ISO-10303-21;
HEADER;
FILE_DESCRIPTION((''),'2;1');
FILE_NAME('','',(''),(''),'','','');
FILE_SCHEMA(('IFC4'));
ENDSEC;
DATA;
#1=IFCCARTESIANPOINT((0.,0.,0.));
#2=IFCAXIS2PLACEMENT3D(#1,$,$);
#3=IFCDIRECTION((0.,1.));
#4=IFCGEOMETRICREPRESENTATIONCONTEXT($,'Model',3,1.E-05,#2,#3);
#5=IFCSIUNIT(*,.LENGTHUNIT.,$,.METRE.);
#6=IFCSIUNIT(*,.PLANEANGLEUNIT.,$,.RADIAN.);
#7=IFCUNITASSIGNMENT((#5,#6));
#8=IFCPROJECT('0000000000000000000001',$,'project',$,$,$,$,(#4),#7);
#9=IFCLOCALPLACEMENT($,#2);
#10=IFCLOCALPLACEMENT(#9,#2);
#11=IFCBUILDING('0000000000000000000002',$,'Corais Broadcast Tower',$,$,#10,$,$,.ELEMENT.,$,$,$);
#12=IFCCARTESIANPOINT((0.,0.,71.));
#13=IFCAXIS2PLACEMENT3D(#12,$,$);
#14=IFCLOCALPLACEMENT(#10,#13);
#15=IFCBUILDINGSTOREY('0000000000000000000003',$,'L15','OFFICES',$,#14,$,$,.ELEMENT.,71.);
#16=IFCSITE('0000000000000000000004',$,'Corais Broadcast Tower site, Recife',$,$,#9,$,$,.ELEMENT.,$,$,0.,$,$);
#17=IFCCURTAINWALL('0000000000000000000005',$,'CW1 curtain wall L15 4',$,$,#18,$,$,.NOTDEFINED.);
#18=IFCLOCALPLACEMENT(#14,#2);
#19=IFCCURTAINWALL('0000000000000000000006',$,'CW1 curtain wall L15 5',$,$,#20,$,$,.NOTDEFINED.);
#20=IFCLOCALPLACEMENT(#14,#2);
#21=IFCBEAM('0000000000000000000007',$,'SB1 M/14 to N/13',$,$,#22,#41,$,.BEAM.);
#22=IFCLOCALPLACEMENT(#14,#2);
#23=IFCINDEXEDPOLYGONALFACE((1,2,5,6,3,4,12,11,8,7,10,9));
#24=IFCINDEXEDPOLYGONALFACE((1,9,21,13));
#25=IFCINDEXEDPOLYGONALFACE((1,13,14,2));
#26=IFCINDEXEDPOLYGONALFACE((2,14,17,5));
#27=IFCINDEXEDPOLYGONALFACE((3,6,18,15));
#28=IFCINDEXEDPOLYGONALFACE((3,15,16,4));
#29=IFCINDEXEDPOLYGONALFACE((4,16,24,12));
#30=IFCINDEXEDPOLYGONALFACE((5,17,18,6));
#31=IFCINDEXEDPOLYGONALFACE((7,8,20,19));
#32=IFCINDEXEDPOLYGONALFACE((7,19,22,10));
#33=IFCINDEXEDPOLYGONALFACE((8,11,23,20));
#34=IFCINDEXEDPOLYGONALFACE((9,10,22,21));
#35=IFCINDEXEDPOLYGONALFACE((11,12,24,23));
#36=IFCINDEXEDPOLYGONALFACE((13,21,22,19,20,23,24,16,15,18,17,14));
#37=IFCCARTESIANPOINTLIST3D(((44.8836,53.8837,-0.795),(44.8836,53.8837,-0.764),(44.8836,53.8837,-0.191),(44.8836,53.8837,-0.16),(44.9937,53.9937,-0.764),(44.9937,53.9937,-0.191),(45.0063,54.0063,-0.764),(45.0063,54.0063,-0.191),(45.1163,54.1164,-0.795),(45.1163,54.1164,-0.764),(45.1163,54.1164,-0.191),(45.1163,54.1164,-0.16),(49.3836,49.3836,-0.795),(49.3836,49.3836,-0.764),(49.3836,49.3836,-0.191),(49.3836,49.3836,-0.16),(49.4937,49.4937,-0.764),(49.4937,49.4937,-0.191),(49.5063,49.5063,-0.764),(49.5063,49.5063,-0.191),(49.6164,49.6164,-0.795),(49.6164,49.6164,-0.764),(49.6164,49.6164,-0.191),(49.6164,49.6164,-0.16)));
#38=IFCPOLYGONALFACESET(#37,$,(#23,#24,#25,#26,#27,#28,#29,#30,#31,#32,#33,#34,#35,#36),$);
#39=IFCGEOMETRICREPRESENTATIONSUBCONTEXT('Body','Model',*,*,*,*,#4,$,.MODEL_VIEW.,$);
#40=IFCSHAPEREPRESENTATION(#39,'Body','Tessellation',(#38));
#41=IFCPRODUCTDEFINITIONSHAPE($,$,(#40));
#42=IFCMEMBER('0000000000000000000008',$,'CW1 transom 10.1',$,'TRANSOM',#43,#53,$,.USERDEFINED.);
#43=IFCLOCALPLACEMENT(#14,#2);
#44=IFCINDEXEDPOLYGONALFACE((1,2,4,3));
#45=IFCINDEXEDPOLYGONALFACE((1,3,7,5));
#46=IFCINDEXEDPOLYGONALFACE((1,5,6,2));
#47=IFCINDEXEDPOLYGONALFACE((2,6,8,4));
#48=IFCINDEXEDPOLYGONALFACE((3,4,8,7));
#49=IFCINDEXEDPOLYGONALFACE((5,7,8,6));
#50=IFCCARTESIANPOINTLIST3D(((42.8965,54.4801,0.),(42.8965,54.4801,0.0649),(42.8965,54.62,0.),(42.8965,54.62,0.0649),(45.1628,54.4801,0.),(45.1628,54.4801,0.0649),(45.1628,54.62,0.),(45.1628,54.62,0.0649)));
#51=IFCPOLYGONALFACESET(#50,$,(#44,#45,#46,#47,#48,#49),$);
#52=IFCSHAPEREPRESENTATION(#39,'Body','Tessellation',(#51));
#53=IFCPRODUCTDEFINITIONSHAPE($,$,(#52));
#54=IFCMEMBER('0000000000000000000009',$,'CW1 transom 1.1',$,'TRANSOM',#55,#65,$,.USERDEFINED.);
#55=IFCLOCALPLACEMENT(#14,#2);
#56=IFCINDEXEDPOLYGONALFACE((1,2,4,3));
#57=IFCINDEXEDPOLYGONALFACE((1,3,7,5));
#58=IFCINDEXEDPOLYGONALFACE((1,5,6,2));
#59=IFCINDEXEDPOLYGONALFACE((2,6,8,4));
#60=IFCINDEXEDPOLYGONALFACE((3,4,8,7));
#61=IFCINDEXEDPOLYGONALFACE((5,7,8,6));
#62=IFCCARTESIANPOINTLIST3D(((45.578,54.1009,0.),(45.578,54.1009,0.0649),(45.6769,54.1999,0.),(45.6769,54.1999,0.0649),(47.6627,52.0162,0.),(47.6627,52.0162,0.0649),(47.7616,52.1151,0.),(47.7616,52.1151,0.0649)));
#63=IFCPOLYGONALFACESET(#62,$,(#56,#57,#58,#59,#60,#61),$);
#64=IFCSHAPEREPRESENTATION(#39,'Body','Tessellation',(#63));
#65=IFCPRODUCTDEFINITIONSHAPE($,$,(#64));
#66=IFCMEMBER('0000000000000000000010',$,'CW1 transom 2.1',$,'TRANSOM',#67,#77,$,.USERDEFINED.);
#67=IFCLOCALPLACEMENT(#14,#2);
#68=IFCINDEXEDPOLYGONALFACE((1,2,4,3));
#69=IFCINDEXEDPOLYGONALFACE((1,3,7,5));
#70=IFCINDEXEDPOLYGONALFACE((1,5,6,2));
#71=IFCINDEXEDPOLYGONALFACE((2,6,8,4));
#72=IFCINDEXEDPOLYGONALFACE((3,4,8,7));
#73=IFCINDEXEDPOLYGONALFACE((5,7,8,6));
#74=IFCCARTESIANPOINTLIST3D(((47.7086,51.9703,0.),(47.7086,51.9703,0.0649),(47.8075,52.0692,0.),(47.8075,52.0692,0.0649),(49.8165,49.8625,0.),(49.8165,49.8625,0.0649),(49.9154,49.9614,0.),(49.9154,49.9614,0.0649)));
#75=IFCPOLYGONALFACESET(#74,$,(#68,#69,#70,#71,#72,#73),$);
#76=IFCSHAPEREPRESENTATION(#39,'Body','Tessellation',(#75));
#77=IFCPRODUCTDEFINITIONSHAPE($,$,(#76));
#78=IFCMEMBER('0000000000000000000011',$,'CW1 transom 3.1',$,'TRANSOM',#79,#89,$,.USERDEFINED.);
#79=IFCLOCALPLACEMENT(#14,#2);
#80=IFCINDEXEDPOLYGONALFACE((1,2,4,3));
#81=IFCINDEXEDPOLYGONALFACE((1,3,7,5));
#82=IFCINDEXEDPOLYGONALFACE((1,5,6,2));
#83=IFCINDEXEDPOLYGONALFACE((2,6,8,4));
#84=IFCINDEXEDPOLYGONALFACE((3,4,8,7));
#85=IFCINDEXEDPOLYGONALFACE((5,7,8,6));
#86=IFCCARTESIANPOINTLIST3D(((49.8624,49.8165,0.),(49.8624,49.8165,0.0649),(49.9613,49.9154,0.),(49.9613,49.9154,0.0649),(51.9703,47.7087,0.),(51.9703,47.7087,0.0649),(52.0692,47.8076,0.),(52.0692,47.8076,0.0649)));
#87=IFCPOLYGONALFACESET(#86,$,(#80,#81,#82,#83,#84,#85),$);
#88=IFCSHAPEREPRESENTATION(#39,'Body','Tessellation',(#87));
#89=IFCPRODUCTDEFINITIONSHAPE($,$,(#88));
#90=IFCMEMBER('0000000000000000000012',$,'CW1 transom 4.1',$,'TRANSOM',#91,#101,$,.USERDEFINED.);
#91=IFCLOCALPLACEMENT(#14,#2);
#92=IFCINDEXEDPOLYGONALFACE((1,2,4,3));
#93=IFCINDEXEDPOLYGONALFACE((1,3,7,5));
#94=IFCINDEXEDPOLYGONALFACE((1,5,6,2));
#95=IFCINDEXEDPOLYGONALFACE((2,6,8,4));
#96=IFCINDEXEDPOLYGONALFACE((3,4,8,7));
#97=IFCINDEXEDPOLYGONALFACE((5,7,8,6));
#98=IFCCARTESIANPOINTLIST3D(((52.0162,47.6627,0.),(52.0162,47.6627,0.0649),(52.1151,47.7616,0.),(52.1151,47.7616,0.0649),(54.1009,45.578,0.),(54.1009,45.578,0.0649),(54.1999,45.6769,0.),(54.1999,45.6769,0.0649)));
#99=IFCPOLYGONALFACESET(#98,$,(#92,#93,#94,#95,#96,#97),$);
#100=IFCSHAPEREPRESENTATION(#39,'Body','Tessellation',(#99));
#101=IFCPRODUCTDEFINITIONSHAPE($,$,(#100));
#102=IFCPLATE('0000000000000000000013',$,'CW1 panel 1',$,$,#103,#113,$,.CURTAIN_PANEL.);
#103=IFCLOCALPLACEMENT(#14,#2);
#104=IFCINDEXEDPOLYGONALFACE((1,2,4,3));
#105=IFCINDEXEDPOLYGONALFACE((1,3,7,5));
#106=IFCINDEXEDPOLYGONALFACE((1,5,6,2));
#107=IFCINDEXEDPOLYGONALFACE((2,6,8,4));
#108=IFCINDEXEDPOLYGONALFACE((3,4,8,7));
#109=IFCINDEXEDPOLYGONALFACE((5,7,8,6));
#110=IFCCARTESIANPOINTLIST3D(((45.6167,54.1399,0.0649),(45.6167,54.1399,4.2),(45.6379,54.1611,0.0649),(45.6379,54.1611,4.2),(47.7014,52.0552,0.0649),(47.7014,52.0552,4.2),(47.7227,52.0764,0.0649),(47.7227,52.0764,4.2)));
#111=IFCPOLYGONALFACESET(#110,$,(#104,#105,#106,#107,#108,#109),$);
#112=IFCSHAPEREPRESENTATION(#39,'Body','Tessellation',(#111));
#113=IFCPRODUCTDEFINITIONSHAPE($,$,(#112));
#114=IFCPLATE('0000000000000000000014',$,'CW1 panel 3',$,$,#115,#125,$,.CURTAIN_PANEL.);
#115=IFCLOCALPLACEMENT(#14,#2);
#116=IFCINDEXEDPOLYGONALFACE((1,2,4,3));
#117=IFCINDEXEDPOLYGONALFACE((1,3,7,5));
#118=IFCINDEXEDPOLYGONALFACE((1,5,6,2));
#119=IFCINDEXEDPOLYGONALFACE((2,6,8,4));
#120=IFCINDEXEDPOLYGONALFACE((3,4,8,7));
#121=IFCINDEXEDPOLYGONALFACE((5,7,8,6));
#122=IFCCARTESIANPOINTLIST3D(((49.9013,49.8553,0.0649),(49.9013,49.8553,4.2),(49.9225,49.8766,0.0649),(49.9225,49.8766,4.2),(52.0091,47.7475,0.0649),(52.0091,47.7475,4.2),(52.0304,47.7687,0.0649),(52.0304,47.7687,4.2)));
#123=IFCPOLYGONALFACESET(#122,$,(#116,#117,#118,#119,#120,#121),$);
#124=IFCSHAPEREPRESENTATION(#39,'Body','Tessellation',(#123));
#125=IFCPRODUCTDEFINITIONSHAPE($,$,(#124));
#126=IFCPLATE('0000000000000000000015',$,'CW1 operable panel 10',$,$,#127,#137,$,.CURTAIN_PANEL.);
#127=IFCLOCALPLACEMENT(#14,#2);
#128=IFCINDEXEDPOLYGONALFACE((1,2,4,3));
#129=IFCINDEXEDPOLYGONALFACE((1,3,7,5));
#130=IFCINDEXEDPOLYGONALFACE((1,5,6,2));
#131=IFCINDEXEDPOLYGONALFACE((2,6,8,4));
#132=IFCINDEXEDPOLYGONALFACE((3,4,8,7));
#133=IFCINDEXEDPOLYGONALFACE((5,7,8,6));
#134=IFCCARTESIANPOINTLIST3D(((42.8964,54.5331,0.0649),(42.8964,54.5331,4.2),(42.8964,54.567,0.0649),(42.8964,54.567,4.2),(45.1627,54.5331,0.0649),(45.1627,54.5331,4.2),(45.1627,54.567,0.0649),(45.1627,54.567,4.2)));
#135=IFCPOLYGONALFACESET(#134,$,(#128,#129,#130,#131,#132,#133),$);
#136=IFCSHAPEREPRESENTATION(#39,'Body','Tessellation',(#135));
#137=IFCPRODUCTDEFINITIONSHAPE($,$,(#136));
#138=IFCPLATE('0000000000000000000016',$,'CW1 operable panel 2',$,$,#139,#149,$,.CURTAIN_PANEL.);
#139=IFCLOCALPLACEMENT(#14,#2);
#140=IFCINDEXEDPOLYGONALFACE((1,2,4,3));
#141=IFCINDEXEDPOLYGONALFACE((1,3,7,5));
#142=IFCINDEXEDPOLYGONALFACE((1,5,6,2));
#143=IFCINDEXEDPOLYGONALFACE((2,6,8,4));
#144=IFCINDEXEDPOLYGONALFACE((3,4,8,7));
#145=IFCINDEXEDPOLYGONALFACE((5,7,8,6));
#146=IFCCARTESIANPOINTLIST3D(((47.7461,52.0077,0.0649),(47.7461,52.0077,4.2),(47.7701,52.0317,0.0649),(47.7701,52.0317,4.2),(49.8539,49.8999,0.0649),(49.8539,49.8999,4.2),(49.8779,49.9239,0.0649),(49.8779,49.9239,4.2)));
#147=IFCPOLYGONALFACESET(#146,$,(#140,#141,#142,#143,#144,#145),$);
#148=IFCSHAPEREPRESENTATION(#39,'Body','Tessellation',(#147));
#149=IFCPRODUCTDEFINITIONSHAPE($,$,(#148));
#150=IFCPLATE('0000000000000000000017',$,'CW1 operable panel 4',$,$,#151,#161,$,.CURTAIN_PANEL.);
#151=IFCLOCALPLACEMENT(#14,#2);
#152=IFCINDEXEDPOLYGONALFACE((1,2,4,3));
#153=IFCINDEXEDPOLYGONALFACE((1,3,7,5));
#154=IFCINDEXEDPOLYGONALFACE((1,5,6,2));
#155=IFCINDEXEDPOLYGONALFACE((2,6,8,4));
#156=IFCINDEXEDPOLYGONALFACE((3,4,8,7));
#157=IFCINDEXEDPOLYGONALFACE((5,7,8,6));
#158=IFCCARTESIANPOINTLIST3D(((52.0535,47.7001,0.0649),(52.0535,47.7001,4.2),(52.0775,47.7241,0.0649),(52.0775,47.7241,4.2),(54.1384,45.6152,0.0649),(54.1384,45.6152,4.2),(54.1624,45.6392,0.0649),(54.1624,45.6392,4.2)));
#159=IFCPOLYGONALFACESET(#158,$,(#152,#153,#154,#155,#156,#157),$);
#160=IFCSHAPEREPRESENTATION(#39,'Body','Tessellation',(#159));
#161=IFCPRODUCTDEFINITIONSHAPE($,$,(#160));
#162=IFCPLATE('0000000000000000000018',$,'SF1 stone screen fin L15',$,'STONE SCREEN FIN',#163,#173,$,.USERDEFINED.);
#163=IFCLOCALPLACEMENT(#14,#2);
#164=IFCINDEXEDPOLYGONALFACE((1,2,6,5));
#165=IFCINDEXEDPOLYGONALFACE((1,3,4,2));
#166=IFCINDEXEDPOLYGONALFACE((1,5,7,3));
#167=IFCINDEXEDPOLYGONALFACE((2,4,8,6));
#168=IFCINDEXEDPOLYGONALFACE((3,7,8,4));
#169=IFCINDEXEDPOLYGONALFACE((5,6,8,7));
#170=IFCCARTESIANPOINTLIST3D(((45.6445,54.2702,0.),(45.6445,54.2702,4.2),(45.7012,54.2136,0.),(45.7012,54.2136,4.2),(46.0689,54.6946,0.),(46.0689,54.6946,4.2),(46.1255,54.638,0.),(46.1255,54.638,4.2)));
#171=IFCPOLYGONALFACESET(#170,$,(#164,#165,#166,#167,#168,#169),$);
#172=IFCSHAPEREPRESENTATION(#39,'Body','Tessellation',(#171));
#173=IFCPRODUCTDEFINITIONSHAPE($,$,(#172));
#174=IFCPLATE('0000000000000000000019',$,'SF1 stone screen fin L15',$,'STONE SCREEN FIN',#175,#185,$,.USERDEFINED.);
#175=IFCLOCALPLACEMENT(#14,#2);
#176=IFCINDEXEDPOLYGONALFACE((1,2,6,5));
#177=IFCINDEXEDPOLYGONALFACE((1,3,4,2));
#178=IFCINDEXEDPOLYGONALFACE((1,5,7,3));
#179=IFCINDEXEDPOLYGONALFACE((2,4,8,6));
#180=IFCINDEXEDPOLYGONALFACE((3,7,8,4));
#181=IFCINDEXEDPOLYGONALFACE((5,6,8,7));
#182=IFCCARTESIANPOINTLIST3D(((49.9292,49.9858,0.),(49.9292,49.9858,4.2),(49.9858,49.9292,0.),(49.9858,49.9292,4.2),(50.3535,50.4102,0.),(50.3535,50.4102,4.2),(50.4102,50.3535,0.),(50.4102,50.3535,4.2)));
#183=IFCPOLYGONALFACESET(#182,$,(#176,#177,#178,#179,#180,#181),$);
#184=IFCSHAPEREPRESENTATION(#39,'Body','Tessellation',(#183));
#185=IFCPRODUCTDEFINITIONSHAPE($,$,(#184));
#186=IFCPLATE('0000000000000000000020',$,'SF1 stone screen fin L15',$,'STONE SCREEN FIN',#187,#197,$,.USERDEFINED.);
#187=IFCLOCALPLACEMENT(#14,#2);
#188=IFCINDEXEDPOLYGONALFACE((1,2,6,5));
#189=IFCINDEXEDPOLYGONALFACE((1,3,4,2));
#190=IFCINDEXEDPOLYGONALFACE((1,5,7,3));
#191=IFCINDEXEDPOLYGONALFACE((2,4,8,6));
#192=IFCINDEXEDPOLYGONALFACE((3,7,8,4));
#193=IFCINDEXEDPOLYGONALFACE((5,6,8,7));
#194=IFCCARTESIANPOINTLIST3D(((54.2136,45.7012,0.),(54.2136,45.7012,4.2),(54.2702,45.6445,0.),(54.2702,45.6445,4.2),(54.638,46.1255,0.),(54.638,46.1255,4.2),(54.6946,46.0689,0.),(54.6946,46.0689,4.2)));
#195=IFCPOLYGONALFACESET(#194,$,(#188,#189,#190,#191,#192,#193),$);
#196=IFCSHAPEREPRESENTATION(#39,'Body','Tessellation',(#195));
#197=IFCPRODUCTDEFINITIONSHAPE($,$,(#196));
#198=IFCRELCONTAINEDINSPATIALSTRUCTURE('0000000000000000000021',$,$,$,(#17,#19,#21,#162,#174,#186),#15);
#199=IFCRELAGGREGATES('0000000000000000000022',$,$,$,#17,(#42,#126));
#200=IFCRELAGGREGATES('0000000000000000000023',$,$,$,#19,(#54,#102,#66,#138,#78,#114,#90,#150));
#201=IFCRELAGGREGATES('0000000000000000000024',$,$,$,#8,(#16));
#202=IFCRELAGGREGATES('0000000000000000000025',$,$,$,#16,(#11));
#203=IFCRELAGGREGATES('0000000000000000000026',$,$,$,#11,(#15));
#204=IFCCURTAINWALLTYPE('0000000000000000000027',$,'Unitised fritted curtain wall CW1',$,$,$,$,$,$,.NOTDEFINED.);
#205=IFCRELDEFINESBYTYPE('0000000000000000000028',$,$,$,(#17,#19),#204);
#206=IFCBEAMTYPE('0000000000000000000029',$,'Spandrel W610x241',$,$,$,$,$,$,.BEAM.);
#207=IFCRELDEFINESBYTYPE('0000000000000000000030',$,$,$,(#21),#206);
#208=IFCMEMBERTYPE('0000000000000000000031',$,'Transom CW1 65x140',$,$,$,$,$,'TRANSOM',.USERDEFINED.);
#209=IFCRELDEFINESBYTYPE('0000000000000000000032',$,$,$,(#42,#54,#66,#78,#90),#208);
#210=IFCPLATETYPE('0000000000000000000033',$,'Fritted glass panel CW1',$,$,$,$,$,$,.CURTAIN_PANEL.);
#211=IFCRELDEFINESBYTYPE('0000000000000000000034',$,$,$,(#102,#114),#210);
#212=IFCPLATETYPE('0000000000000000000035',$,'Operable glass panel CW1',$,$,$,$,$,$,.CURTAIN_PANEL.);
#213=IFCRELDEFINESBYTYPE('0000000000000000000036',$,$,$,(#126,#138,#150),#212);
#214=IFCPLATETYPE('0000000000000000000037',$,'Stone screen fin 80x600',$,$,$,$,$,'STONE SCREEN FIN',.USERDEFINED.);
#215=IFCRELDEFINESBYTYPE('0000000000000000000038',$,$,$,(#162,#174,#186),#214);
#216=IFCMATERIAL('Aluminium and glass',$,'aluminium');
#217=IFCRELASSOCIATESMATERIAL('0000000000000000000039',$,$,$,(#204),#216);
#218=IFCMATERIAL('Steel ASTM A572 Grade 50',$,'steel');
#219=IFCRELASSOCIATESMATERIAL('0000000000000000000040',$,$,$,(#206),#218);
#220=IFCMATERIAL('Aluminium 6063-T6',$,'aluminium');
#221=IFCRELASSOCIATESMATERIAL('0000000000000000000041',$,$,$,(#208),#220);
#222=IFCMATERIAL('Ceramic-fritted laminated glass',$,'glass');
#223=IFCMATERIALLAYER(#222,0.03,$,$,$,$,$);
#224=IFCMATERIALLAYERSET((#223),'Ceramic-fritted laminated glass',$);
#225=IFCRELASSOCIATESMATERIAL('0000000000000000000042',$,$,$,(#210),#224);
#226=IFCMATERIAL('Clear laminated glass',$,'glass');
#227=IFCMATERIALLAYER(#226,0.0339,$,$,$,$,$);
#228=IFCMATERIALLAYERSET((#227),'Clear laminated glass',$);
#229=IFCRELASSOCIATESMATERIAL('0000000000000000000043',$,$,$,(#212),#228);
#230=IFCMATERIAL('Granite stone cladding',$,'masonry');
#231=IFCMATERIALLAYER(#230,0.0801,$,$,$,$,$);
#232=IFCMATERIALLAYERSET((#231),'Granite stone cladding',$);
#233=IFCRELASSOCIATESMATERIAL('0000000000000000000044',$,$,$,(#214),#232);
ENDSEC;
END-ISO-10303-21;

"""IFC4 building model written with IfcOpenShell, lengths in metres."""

from ifc_helpers import new_model, si_unit, direction, frame, origin, origin_2d, place, context, subcontext, project, spatial, rectangle, i_section, extrude, material, layer, layer_set, material_profile, profile_set, type_object, element, aggregate, save


model = new_model("IFC4")

# Units and contexts
model_context = context("Model", 3, precision=1e-05, world=origin(), true_north=direction((0.0, 1.0)))
body_context = subcontext(model_context, "Body", "Model", "MODEL_VIEW")
ifc_project = project(units=[si_unit("LENGTHUNIT", "METRE"), si_unit("PLANEANGLEUNIT", "RADIAN")], contexts=[model_context])

# Site, building, storey
site_placement = place(None, origin())
site = spatial("IfcSite", under=ifc_project, at=site_placement, Name="Corais Broadcast Tower site, Recife", CompositionType="ELEMENT", RefElevation=0.0)
building_placement = place(site_placement, origin())
building = spatial("IfcBuilding", under=site, at=building_placement, Name="Corais Broadcast Tower", CompositionType="ELEMENT")
storey_placement = place(building_placement, frame((0.0, 0.0, 71.0)))
storey = spatial("IfcBuildingStorey", under=building, at=storey_placement, Name="L15", Description="OFFICES", CompositionType="ELEMENT", Elevation=71.0)

# Curtain wall
ifc_material_1 = material(Name="Aluminium and glass", Category="aluminium")
curtain_wall_type = type_object("IfcCurtainWallType", Name="Unitised fritted curtain wall CW1", PredefinedType="NOTDEFINED", material=ifc_material_1)
curtain_wall_1_placement = place(storey_placement, origin())
curtain_wall_1 = element("IfcCurtainWall", 1, at=curtain_wall_1_placement, inside=storey, type_object=curtain_wall_type, Name="CW1 curtain wall L15 4", PredefinedType="NOTDEFINED")

# Curtain wall
curtain_wall_2_placement = place(storey_placement, origin())
curtain_wall_2 = element("IfcCurtainWall", 2, at=curtain_wall_2_placement, inside=storey, type_object=curtain_wall_type, Name="CW1 curtain wall L15 5", PredefinedType="NOTDEFINED")

# Beam
ifc_material_2 = material(Name="Steel ASTM A572 Grade 50", Category="steel")
ifc_material_profile_1 = material_profile(ifc_material_2, i_section(OverallWidth=0.3291, OverallDepth=0.635, WebThickness=0.0178, FlangeThickness=0.031, at=origin_2d()), Name="W610x241")
ifc_profile_set_1 = profile_set([ifc_material_profile_1], Name="Steel ASTM A572 Grade 50")
beam_type_1 = type_object("IfcBeamType", Name="Spandrel W610x241", PredefinedType="BEAM", material=ifc_profile_set_1)
beam_1_placement = place(storey_placement, frame((49.5, 49.5, -0.4775), z_axis=(-0.707107, 0.707107, 0.0), x_axis=(-0.707107, -0.707107, 0.0)))
element("IfcBeam", 3, at=beam_1_placement, inside=storey, type_object=beam_type_1, Name="SB1 M/14 to N/13", PredefinedType="BEAM", context=body_context, shape_type="SweptSolid", body=[
    extrude(i_section(OverallWidth=0.3291, OverallDepth=0.635, WebThickness=0.0178, FlangeThickness=0.031, at=origin_2d()), origin(), (0.0, 0.0, 1.0), 6.364),
])

# Members
ifc_material_3 = material(Name="Aluminium 6063-T6", Category="aluminium")
ifc_material_profile_2 = material_profile(ifc_material_3, rectangle(XDim=0.1399, YDim=0.0649, at=origin_2d()), Name="Transom CW1 65x140")
ifc_profile_set_2 = profile_set([ifc_material_profile_2], Name="Aluminium 6063-T6")
member_type_1 = type_object("IfcMemberType", Name="Transom CW1 65x140", ElementType="TRANSOM", PredefinedType="USERDEFINED", material=ifc_profile_set_2)
member_1_placement = place(storey_placement, frame((42.8965, 54.55, 0.0325), z_axis=(1.0, 0.0, 0.0), x_axis=(0.0, 1.0, 0.0)))
member_1 = element("IfcMember", 4, at=member_1_placement, type_object=member_type_1, Name="CW1 transom 10.1", ObjectType="TRANSOM", PredefinedType="USERDEFINED", context=body_context, shape_type="SweptSolid", body=[
    extrude(rectangle(XDim=0.1399, YDim=0.0649, at=origin_2d()), origin(), (0.0, 0.0, 1.0), 2.2664),
])
member_2_placement = place(storey_placement, frame((45.6274, 54.1504, 0.0325), z_axis=(0.707107, -0.707107, 0.0), x_axis=(0.707107, 0.707107, 0.0)))
member_2 = element("IfcMember", 5, at=member_2_placement, type_object=member_type_1, Name="CW1 transom 1.1", ObjectType="TRANSOM", PredefinedType="USERDEFINED", context=body_context, shape_type="SweptSolid", body=[
    extrude(rectangle(XDim=0.1399, YDim=0.0649, at=origin_2d()), origin(), (0.0, 0.0, 1.0), 2.9482),
])
member_3_placement = place(storey_placement, frame((47.7581, 52.0198, 0.0325), z_axis=(0.707107, -0.707107, 0.0), x_axis=(0.707107, 0.707107, 0.0)))
member_3 = element("IfcMember", 6, at=member_3_placement, type_object=member_type_1, Name="CW1 transom 2.1", ObjectType="TRANSOM", PredefinedType="USERDEFINED", context=body_context, shape_type="SweptSolid", body=[
    extrude(rectangle(XDim=0.1399, YDim=0.0649, at=origin_2d()), origin(), (0.0, 0.0, 1.0), 2.981),
])
member_4_placement = place(storey_placement, frame((49.9119, 49.866, 0.0325), z_axis=(0.707107, -0.707107, 0.0), x_axis=(0.707107, 0.707107, 0.0)))
member_4 = element("IfcMember", 7, at=member_4_placement, type_object=member_type_1, Name="CW1 transom 3.1", ObjectType="TRANSOM", PredefinedType="USERDEFINED", context=body_context, shape_type="SweptSolid", body=[
    extrude(rectangle(XDim=0.1399, YDim=0.0649, at=origin_2d()), origin(), (0.0, 0.0, 1.0), 2.981),
])
member_5_placement = place(storey_placement, frame((52.0657, 47.7122, 0.0325), z_axis=(0.707107, -0.707107, 0.0), x_axis=(0.707107, 0.707107, 0.0)))
member_5 = element("IfcMember", 8, at=member_5_placement, type_object=member_type_1, Name="CW1 transom 4.1", ObjectType="TRANSOM", PredefinedType="USERDEFINED", context=body_context, shape_type="SweptSolid", body=[
    extrude(rectangle(XDim=0.1399, YDim=0.0649, at=origin_2d()), origin(), (0.0, 0.0, 1.0), 2.9482),
])

# Plates
ifc_material_4 = material(Name="Ceramic-fritted laminated glass", Category="glass")
ifc_layer_1 = layer(ifc_material_4, 0.03)
ifc_layer_set_1 = layer_set([ifc_layer_1], Name="Ceramic-fritted laminated glass")
plate_type_1 = type_object("IfcPlateType", Name="Fritted glass panel CW1", PredefinedType="CURTAIN_PANEL", material=ifc_layer_set_1)
plate_1_placement = place(storey_placement, frame((46.6697, 53.1082, 0.0649), z_axis=(0.0, 0.0, 1.0), x_axis=(0.707107, -0.707107, 0.0)))
plate_1 = element("IfcPlate", 9, at=plate_1_placement, type_object=plate_type_1, Name="CW1 panel 1", PredefinedType="CURTAIN_PANEL", context=body_context, shape_type="SweptSolid", body=[
    extrude(rectangle(XDim=2.9482, YDim=0.03, at=origin_2d()), origin(), (0.0, 0.0, 1.0), 4.135),
])
plate_2_placement = place(storey_placement, frame((50.9658, 48.812, 0.0649), z_axis=(0.0, 0.0, 1.0), x_axis=(0.707107, -0.707107, 0.0)))
plate_2 = element("IfcPlate", 10, at=plate_2_placement, type_object=plate_type_1, Name="CW1 panel 3", PredefinedType="CURTAIN_PANEL", context=body_context, shape_type="SweptSolid", body=[
    extrude(rectangle(XDim=2.981, YDim=0.03, at=origin_2d()), origin(), (0.0, 0.0, 1.0), 4.135),
])
ifc_material_5 = material(Name="Clear laminated glass", Category="glass")
ifc_layer_2 = layer(ifc_material_5, 0.0339)
ifc_layer_set_2 = layer_set([ifc_layer_2], Name="Clear laminated glass")
plate_type_2 = type_object("IfcPlateType", Name="Operable glass panel CW1", PredefinedType="CURTAIN_PANEL", material=ifc_layer_set_2)
plate_3_placement = place(storey_placement, frame((44.0295, 54.55, 0.0649), z_axis=(0.0, 0.0, 1.0), x_axis=(1.0, 0.0, 0.0)))
plate_3 = element("IfcPlate", 11, at=plate_3_placement, type_object=plate_type_2, Name="CW1 operable panel 10", PredefinedType="CURTAIN_PANEL", context=body_context, shape_type="SweptSolid", body=[
    extrude(rectangle(XDim=2.2664, YDim=0.0339, at=origin_2d()), origin(), (0.0, 0.0, 1.0), 4.135),
])
aggregate(curtain_wall_1, [member_1, plate_3])
plate_4_placement = place(storey_placement, frame((48.812, 50.9658, 0.0649), z_axis=(0.0, 0.0, 1.0), x_axis=(0.707107, -0.707107, 0.0)))
plate_4 = element("IfcPlate", 12, at=plate_4_placement, type_object=plate_type_2, Name="CW1 operable panel 2", PredefinedType="CURTAIN_PANEL", context=body_context, shape_type="SweptSolid", body=[
    extrude(rectangle(XDim=2.981, YDim=0.0339, at=origin_2d()), origin(), (0.0, 0.0, 1.0), 4.135),
])
plate_5_placement = place(storey_placement, frame((53.1079, 46.6697, 0.0649), z_axis=(0.0, 0.0, 1.0), x_axis=(0.707107, -0.707107, 0.0)))
plate_5 = element("IfcPlate", 13, at=plate_5_placement, type_object=plate_type_2, Name="CW1 operable panel 4", PredefinedType="CURTAIN_PANEL", context=body_context, shape_type="SweptSolid", body=[
    extrude(rectangle(XDim=2.9485, YDim=0.0339, at=origin_2d()), origin(), (0.0, 0.0, 1.0), 4.135),
])
aggregate(curtain_wall_2, [member_2, plate_1, member_3, plate_4, member_4, plate_2, member_5, plate_5])

# Plates
ifc_material_6 = material(Name="Granite stone cladding", Category="masonry")
ifc_layer_3 = layer(ifc_material_6, 0.0801)
ifc_layer_set_3 = layer_set([ifc_layer_3], Name="Granite stone cladding")
plate_type_3 = type_object("IfcPlateType", Name="Stone screen fin 80x600", ElementType="STONE SCREEN FIN", PredefinedType="USERDEFINED", material=ifc_layer_set_3)
for number, where, z_axis, x_axis, name in (
    (14, (45.885, 54.4541, 0.0), (0.0, 0.0, 1.0), (0.707107, -0.707107, 0.0), "SF1 stone screen fin L15"),
    (15, (50.1697, 50.1697, 0.0), (0.0, 0.0, 1.0), (0.707107, -0.707107, 0.0), "SF1 stone screen fin L15"),
    (16, (54.4541, 45.885, 0.0), (0.0, 0.0, 1.0), (0.707107, -0.707107, 0.0), "SF1 stone screen fin L15"),
):
    element("IfcPlate", number, at=place(storey_placement, frame(where, z_axis=z_axis, x_axis=x_axis)), inside=storey, type_object=plate_type_3, Name=name, ObjectType="STONE SCREEN FIN", PredefinedType="USERDEFINED", context=body_context, shape_type="SweptSolid", body=[
        extrude(rectangle(XDim=0.0801, YDim=0.6001, at=origin_2d()), origin(), (0.0, 0.0, 1.0), 4.2),
    ])

save(model, "model.ifc")
